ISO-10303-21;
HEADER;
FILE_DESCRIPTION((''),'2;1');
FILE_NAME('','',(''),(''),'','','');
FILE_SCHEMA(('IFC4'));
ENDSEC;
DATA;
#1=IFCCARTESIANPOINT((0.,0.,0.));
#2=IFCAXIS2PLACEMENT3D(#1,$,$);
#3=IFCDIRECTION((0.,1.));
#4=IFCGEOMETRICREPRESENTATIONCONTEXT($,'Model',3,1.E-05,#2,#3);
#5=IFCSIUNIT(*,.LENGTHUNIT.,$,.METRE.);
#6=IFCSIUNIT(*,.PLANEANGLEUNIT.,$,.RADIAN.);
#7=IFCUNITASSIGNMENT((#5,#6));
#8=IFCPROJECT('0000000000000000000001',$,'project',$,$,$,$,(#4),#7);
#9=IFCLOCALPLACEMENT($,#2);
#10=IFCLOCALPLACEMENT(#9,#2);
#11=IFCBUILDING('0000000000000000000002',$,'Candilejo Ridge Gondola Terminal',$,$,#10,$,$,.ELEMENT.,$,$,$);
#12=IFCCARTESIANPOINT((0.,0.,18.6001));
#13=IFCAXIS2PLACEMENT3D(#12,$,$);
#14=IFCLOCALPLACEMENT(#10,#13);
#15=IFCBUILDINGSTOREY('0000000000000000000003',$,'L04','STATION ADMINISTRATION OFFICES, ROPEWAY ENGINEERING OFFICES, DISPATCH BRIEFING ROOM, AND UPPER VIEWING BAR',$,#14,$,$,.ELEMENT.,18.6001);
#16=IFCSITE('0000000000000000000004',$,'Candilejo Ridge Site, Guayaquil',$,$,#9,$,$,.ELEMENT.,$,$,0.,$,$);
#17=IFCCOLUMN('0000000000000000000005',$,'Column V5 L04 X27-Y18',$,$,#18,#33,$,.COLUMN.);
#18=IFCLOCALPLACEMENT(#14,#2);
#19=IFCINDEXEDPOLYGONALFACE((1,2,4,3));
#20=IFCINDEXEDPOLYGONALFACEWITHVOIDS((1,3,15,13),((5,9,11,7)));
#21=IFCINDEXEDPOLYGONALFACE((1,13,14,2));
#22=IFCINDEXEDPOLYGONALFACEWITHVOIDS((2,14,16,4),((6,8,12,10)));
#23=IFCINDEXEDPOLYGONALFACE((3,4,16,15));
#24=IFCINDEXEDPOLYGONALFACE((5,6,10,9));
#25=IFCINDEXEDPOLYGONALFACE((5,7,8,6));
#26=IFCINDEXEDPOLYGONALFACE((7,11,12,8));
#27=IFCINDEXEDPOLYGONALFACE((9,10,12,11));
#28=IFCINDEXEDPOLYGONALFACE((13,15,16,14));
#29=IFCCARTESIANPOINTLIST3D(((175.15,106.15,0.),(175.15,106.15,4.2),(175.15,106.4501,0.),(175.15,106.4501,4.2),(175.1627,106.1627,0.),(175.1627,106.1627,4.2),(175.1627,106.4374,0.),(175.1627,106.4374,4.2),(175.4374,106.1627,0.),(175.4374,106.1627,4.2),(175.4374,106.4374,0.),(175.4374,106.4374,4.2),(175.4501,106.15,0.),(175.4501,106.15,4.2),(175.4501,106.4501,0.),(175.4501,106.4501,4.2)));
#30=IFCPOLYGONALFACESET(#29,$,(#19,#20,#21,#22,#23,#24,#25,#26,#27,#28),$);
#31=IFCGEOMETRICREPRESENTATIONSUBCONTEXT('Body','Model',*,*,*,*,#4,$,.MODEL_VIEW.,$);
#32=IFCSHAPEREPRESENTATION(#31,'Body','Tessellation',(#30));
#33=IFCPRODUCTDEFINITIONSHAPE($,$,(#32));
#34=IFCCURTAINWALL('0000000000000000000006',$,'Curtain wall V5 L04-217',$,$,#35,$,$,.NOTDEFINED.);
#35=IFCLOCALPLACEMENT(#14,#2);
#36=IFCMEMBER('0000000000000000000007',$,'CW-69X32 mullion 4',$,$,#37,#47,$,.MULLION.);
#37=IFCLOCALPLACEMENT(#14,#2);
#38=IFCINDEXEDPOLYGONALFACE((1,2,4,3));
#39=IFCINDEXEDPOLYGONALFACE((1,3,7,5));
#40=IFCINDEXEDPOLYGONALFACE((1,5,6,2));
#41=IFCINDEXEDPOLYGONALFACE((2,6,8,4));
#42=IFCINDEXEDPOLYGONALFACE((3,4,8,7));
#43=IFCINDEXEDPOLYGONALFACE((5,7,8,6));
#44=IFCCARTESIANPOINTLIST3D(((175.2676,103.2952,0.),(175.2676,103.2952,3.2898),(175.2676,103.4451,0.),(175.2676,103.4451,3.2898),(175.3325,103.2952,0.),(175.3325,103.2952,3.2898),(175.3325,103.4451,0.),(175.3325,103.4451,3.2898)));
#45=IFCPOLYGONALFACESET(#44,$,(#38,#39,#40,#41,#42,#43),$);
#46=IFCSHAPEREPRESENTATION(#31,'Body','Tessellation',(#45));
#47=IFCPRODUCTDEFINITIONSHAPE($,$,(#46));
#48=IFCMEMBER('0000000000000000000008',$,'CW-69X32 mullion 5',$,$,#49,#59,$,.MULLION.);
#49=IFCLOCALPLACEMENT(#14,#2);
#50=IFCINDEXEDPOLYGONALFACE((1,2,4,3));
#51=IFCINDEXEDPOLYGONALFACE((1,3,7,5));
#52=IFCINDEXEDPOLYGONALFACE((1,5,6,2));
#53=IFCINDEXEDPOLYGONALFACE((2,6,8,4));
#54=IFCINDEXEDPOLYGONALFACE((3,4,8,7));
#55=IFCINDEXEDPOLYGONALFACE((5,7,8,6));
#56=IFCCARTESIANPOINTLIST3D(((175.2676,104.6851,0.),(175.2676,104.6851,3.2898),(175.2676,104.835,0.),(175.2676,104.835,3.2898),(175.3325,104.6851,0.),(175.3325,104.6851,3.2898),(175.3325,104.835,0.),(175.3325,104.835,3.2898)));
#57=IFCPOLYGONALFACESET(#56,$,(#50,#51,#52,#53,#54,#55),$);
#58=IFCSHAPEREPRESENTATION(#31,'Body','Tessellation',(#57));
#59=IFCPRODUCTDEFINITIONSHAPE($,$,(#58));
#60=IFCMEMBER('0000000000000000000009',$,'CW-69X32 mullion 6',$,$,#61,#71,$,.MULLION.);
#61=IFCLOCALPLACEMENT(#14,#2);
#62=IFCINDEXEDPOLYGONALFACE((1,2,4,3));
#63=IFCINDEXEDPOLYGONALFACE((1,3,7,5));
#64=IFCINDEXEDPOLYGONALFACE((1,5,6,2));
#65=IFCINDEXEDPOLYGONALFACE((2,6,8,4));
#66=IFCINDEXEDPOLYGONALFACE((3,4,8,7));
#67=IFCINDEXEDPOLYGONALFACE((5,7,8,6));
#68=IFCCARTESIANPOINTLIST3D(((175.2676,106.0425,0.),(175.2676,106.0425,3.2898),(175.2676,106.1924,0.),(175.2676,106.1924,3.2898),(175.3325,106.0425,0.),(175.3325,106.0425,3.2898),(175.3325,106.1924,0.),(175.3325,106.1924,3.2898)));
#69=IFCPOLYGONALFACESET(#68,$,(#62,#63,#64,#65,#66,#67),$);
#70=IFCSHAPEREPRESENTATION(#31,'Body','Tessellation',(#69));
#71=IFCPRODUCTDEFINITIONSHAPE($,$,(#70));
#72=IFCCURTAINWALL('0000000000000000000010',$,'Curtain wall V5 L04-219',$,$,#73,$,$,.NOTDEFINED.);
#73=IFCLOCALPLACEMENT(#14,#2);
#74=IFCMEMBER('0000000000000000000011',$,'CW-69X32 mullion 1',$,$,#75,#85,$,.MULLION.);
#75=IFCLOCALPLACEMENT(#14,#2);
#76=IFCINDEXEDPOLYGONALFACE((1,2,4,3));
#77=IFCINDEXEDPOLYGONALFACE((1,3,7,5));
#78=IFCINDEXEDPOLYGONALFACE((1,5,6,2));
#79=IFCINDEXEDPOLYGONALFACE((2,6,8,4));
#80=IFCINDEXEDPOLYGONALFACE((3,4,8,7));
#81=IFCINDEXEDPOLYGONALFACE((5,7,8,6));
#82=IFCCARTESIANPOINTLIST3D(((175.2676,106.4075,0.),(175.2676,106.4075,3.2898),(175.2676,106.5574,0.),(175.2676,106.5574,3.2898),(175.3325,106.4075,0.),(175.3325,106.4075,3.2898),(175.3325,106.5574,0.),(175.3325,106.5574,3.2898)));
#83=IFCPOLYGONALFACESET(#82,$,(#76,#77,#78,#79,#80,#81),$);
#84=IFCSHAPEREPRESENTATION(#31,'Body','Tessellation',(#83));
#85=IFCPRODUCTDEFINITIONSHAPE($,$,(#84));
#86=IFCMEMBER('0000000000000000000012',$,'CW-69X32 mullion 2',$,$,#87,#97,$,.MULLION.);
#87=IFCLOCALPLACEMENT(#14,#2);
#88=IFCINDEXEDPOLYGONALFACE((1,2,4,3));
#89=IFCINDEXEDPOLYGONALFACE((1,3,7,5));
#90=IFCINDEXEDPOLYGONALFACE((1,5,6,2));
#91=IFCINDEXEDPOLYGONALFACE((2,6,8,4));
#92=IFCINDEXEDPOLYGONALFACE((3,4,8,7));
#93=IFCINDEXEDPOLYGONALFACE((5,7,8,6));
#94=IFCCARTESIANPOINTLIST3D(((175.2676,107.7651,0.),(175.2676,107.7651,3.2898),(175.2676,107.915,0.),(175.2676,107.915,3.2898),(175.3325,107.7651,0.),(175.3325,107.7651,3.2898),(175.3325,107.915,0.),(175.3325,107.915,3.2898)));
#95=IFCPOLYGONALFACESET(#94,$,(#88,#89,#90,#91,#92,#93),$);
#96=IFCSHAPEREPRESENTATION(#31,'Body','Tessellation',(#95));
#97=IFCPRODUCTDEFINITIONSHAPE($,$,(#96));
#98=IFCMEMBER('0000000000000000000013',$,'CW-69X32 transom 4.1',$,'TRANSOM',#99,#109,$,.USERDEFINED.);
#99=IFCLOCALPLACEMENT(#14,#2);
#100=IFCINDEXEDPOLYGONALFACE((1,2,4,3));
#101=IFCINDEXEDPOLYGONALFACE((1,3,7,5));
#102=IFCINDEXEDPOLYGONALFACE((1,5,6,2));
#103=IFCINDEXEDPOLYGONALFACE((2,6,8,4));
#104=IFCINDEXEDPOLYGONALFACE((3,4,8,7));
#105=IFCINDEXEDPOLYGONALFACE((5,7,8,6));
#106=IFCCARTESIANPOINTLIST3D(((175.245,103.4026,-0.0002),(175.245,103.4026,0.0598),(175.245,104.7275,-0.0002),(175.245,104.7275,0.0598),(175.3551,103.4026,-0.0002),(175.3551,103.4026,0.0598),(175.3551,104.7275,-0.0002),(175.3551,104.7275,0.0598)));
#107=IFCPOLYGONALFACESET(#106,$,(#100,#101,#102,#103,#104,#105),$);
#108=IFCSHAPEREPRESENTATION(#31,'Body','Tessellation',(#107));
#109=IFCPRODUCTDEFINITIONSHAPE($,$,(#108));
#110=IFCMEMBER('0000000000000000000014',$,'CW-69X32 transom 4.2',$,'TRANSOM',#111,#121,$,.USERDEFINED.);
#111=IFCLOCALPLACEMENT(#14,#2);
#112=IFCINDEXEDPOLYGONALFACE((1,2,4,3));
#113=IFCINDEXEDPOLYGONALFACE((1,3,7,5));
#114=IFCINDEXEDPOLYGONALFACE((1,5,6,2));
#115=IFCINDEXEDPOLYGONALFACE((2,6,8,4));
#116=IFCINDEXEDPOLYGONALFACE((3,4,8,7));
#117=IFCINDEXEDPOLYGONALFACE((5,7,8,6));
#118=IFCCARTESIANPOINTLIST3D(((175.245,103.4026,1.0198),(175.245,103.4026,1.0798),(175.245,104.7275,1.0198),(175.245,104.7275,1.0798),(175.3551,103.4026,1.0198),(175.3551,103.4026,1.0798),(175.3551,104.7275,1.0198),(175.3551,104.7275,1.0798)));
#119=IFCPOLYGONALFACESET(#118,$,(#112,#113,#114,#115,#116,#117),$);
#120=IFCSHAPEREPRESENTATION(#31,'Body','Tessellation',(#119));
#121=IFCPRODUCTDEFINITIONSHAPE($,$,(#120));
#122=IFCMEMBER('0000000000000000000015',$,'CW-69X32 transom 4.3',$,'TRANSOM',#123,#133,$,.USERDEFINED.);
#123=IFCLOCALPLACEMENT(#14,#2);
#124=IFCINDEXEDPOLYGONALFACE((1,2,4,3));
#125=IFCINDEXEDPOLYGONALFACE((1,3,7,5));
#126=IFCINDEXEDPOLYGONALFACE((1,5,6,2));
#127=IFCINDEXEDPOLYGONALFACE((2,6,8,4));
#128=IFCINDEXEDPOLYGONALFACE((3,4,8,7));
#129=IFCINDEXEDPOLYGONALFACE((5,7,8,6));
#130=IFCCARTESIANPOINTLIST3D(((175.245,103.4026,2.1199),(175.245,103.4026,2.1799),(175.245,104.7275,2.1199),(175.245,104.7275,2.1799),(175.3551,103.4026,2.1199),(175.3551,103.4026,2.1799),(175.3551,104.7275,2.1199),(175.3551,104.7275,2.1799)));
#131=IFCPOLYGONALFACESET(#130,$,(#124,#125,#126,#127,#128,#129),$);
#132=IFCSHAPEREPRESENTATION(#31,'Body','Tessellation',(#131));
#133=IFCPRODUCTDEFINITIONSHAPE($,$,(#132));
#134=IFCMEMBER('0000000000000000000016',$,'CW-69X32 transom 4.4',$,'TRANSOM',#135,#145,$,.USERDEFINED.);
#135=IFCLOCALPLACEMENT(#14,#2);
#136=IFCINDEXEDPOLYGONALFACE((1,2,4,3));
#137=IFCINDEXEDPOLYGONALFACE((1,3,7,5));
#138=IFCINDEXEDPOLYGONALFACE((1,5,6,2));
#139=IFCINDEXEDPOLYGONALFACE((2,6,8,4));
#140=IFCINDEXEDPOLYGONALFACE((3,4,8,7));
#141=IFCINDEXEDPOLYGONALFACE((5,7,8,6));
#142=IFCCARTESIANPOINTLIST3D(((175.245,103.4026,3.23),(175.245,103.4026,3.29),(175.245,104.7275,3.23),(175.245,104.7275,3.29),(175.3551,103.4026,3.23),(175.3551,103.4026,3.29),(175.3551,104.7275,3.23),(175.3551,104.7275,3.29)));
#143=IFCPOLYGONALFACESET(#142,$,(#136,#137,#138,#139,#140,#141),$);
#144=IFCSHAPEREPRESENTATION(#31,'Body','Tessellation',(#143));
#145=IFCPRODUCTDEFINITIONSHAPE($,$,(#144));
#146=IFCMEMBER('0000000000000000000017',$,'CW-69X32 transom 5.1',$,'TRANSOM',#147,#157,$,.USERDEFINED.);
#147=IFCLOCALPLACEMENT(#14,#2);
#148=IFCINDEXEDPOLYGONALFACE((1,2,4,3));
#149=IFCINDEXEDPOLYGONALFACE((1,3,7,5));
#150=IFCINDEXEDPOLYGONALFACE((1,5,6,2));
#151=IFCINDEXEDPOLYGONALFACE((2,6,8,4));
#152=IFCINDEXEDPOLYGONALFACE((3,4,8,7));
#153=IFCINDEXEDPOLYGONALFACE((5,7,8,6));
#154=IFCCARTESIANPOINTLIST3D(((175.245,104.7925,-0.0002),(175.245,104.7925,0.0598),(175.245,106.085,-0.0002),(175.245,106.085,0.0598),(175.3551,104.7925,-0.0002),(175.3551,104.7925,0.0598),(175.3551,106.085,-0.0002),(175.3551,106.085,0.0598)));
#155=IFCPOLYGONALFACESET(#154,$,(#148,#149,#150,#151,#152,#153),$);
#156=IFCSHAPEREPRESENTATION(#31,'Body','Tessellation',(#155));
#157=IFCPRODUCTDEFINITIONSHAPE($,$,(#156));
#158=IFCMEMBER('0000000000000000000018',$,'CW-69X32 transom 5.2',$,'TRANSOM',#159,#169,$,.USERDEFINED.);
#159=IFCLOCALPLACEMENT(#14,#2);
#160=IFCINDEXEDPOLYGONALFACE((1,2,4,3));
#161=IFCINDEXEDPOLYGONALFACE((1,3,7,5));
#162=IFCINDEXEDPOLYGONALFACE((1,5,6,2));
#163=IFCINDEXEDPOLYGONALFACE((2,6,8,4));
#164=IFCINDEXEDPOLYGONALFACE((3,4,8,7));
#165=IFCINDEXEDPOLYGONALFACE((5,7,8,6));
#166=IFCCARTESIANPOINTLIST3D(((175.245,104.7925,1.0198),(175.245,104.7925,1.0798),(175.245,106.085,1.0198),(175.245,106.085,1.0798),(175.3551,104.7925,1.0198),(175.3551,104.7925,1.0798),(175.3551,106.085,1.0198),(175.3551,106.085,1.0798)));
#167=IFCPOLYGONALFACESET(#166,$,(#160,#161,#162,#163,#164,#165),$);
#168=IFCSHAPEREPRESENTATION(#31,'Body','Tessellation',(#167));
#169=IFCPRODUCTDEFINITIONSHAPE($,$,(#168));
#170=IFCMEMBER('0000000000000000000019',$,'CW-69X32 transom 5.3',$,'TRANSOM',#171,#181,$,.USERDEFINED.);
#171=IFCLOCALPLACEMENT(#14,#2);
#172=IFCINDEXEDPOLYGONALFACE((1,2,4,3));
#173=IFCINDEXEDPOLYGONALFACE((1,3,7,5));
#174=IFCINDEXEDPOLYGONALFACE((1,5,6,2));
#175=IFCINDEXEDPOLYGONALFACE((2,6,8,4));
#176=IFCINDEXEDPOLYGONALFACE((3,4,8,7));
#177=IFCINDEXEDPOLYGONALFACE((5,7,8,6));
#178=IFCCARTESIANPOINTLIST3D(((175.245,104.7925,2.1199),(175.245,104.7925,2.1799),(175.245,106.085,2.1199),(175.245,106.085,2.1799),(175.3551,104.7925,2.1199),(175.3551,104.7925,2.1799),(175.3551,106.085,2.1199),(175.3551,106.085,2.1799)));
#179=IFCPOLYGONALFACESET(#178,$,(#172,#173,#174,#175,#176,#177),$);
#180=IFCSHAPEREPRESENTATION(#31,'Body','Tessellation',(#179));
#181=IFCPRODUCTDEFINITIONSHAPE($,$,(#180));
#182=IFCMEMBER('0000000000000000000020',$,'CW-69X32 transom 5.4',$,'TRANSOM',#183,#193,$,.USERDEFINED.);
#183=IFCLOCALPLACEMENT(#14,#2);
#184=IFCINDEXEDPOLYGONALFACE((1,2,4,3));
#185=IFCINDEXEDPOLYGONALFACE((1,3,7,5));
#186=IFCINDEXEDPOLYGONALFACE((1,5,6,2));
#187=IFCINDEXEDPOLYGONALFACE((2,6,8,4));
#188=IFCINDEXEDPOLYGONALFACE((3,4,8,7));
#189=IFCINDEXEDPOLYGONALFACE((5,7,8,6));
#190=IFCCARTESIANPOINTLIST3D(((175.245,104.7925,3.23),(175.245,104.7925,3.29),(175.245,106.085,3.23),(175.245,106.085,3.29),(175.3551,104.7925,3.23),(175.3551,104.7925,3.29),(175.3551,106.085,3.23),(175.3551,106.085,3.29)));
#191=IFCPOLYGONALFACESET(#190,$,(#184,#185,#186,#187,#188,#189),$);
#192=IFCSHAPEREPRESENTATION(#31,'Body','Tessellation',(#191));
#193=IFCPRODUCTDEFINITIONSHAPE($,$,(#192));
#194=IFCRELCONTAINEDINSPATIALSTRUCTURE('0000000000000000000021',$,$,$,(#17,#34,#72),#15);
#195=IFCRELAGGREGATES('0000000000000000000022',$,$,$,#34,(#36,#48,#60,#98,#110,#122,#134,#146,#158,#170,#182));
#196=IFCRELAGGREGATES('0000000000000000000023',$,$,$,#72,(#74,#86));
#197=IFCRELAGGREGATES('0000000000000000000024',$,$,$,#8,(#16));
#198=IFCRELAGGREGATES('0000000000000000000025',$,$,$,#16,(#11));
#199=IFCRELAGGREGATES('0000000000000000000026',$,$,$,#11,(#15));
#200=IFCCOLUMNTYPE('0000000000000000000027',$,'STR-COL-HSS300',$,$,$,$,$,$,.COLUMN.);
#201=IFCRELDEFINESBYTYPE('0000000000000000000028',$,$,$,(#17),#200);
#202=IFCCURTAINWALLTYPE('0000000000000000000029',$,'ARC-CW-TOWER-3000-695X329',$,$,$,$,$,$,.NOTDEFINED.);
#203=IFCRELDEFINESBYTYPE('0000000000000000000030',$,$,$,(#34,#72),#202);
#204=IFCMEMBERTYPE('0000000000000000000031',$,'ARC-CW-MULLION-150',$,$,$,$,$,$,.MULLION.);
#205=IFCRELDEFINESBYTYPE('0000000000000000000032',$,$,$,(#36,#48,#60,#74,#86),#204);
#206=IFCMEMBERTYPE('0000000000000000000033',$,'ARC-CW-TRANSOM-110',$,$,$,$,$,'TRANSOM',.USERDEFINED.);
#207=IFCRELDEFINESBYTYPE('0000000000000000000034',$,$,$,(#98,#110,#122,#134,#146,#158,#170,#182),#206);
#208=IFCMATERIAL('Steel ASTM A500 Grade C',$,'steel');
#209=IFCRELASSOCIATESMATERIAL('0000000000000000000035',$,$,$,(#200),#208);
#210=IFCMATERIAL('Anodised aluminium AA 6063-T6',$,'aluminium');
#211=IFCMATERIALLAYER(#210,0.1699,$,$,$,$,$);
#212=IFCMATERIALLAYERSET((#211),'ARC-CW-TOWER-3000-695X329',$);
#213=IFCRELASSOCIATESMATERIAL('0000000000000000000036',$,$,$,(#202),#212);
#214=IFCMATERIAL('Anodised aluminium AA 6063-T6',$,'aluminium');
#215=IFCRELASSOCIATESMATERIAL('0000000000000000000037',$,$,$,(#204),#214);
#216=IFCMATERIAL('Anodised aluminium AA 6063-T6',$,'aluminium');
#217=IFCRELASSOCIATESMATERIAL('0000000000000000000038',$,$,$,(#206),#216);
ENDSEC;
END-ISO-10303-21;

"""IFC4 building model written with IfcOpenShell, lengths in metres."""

from ifc_helpers import new_model, si_unit, direction, frame, origin, origin_2d, place, context, subcontext, project, spatial, rectangle, hollow_rectangle, extrude, material, layer, layer_set, material_profile, profile_set, type_object, element, aggregate, save


model = new_model("IFC4")

# Units and contexts
model_context = context("Model", 3, precision=1e-05, world=origin(), true_north=direction((0.0, 1.0)))
body_context = subcontext(model_context, "Body", "Model", "MODEL_VIEW")
ifc_project = project(units=[si_unit("LENGTHUNIT", "METRE"), si_unit("PLANEANGLEUNIT", "RADIAN")], contexts=[model_context])

# Site, building, storey
site_placement = place(None, origin())
site = spatial("IfcSite", under=ifc_project, at=site_placement, Name="Candilejo Ridge Site, Guayaquil", CompositionType="ELEMENT", RefElevation=0.0)
building_placement = place(site_placement, origin())
building = spatial("IfcBuilding", under=site, at=building_placement, Name="Candilejo Ridge Gondola Terminal", CompositionType="ELEMENT")
storey_placement = place(building_placement, frame((0.0, 0.0, 18.6001)))
storey = spatial("IfcBuildingStorey", under=building, at=storey_placement, Name="L04", Description="STATION ADMINISTRATION OFFICES, ROPEWAY ENGINEERING OFFICES, DISPATCH BRIEFING ROOM, AND UPPER VIEWING BAR", CompositionType="ELEMENT", Elevation=18.6001)

# Column
ifc_material_1 = material(Name="Steel ASTM A500 Grade C", Category="steel")
ifc_material_profile_1 = material_profile(ifc_material_1, hollow_rectangle(XDim=0.3, YDim=0.3, WallThickness=0.0127, at=origin_2d()))
ifc_profile_set_1 = profile_set([ifc_material_profile_1], Name="Steel ASTM A500 Grade C")
column_type = type_object("IfcColumnType", Name="STR-COL-HSS300", PredefinedType="COLUMN", material=ifc_profile_set_1)
column_placement = place(storey_placement, frame((175.3, 106.3, 0.0), z_axis=(0.0, 0.0, 1.0), x_axis=(1.0, 0.0, 0.0)))
element("IfcColumn", 1, at=column_placement, inside=storey, type_object=column_type, Name="Column V5 L04 X27-Y18", PredefinedType="COLUMN", context=body_context, shape_type="SweptSolid", body=[
    extrude(hollow_rectangle(XDim=0.3, YDim=0.3, WallThickness=0.0127, at=origin_2d()), origin(), (0.0, 0.0, 1.0), 4.2),
])

# Curtain walls, members
ifc_material_2 = material(Name="Anodised aluminium AA 6063-T6", Category="aluminium")
ifc_layer_1 = layer(ifc_material_2, 0.1699)
ifc_layer_set_1 = layer_set([ifc_layer_1], Name="ARC-CW-TOWER-3000-695X329")
curtain_wall_type = type_object("IfcCurtainWallType", Name="ARC-CW-TOWER-3000-695X329", PredefinedType="NOTDEFINED", material=ifc_layer_set_1)
curtain_wall_1_placement = place(storey_placement, origin())
curtain_wall_1 = element("IfcCurtainWall", 2, at=curtain_wall_1_placement, inside=storey, type_object=curtain_wall_type, Name="Curtain wall V5 L04-217", PredefinedType="NOTDEFINED")
ifc_material_3 = material(Name="Anodised aluminium AA 6063-T6", Category="aluminium")
ifc_material_profile_2 = material_profile(ifc_material_3, rectangle(XDim=0.0649, YDim=0.1499, at=origin_2d()))
ifc_profile_set_2 = profile_set([ifc_material_profile_2], Name="Anodised aluminium AA 6063-T6")
member_type_1 = type_object("IfcMemberType", Name="ARC-CW-MULLION-150", PredefinedType="MULLION", material=ifc_profile_set_2)
member_1_placement = place(storey_placement, frame((175.3, 103.3701, 0.0), z_axis=(0.0, 0.0, 1.0), x_axis=(-1.0, 0.0, 0.0)))
member_1 = element("IfcMember", 3, at=member_1_placement, type_object=member_type_1, Name="CW-69X32 mullion 4", PredefinedType="MULLION", context=body_context, shape_type="SweptSolid", body=[
    extrude(rectangle(XDim=0.0649, YDim=0.1499, at=origin_2d()), origin(), (0.0, 0.0, 1.0), 3.2898),
])
member_2_placement = place(storey_placement, frame((175.3, 104.76, 0.0), z_axis=(0.0, 0.0, 1.0), x_axis=(-1.0, 0.0, 0.0)))
member_2 = element("IfcMember", 4, at=member_2_placement, type_object=member_type_1, Name="CW-69X32 mullion 5", PredefinedType="MULLION", context=body_context, shape_type="SweptSolid", body=[
    extrude(rectangle(XDim=0.0649, YDim=0.1499, at=origin_2d()), origin(), (0.0, 0.0, 1.0), 3.2898),
])
member_3_placement = place(storey_placement, frame((175.3, 106.1174, 0.0), z_axis=(0.0, 0.0, 1.0), x_axis=(-1.0, 0.0, 0.0)))
member_3 = element("IfcMember", 5, at=member_3_placement, type_object=member_type_1, Name="CW-69X32 mullion 6", PredefinedType="MULLION", context=body_context, shape_type="SweptSolid", body=[
    extrude(rectangle(XDim=0.0649, YDim=0.1499, at=origin_2d()), origin(), (0.0, 0.0, 1.0), 3.2898),
])
curtain_wall_2_placement = place(storey_placement, origin())
curtain_wall_2 = element("IfcCurtainWall", 6, at=curtain_wall_2_placement, inside=storey, type_object=curtain_wall_type, Name="Curtain wall V5 L04-219", PredefinedType="NOTDEFINED")
member_4_placement = place(storey_placement, frame((175.3, 106.4824, 0.0), z_axis=(0.0, 0.0, 1.0), x_axis=(-1.0, 0.0, 0.0)))
member_4 = element("IfcMember", 7, at=member_4_placement, type_object=member_type_1, Name="CW-69X32 mullion 1", PredefinedType="MULLION", context=body_context, shape_type="SweptSolid", body=[
    extrude(rectangle(XDim=0.0649, YDim=0.1499, at=origin_2d()), origin(), (0.0, 0.0, 1.0), 3.2898),
])
member_5_placement = place(storey_placement, frame((175.3, 107.8401, 0.0), z_axis=(0.0, 0.0, 1.0), x_axis=(-1.0, 0.0, 0.0)))
member_5 = element("IfcMember", 8, at=member_5_placement, type_object=member_type_1, Name="CW-69X32 mullion 2", PredefinedType="MULLION", context=body_context, shape_type="SweptSolid", body=[
    extrude(rectangle(XDim=0.0649, YDim=0.1499, at=origin_2d()), origin(), (0.0, 0.0, 1.0), 3.2898),
])

# Members
ifc_material_4 = material(Name="Anodised aluminium AA 6063-T6", Category="aluminium")
ifc_material_profile_3 = material_profile(ifc_material_4, rectangle(XDim=0.1101, YDim=0.0601, at=origin_2d()))
ifc_profile_set_3 = profile_set([ifc_material_profile_3], Name="Anodised aluminium AA 6063-T6")
member_type_2 = type_object("IfcMemberType", Name="ARC-CW-TRANSOM-110", ElementType="TRANSOM", PredefinedType="USERDEFINED", material=ifc_profile_set_3)
member_6_placement = place(storey_placement, frame((175.3, 103.4026, 0.0298), z_axis=(0.0, 1.0, 0.0), x_axis=(-1.0, 0.0, 0.0)))
member_6 = element("IfcMember", 9, at=member_6_placement, type_object=member_type_2, Name="CW-69X32 transom 4.1", ObjectType="TRANSOM", PredefinedType="USERDEFINED", context=body_context, shape_type="SweptSolid", body=[
    extrude(rectangle(XDim=0.1101, YDim=0.0601, at=origin_2d()), origin(), (0.0, 0.0, 1.0), 1.325),
])
member_7_placement = place(storey_placement, frame((175.3, 103.4026, 1.0498), z_axis=(0.0, 1.0, 0.0), x_axis=(-1.0, 0.0, 0.0)))
member_7 = element("IfcMember", 10, at=member_7_placement, type_object=member_type_2, Name="CW-69X32 transom 4.2", ObjectType="TRANSOM", PredefinedType="USERDEFINED", context=body_context, shape_type="SweptSolid", body=[
    extrude(rectangle(XDim=0.1101, YDim=0.0601, at=origin_2d()), origin(), (0.0, 0.0, 1.0), 1.325),
])
member_8_placement = place(storey_placement, frame((175.3, 103.4026, 2.1499), z_axis=(0.0, 1.0, 0.0), x_axis=(-1.0, 0.0, 0.0)))
member_8 = element("IfcMember", 11, at=member_8_placement, type_object=member_type_2, Name="CW-69X32 transom 4.3", ObjectType="TRANSOM", PredefinedType="USERDEFINED", context=body_context, shape_type="SweptSolid", body=[
    extrude(rectangle(XDim=0.1101, YDim=0.0601, at=origin_2d()), origin(), (0.0, 0.0, 1.0), 1.325),
])
member_9_placement = place(storey_placement, frame((175.3, 103.4026, 3.26), z_axis=(0.0, 1.0, 0.0), x_axis=(-1.0, 0.0, 0.0)))
member_9 = element("IfcMember", 12, at=member_9_placement, type_object=member_type_2, Name="CW-69X32 transom 4.4", ObjectType="TRANSOM", PredefinedType="USERDEFINED", context=body_context, shape_type="SweptSolid", body=[
    extrude(rectangle(XDim=0.1101, YDim=0.0601, at=origin_2d()), origin(), (0.0, 0.0, 1.0), 1.325),
])
member_10_placement = place(storey_placement, frame((175.3, 104.7925, 0.0298), z_axis=(0.0, 1.0, 0.0), x_axis=(-1.0, 0.0, 0.0)))
member_10 = element("IfcMember", 13, at=member_10_placement, type_object=member_type_2, Name="CW-69X32 transom 5.1", ObjectType="TRANSOM", PredefinedType="USERDEFINED", context=body_context, shape_type="SweptSolid", body=[
    extrude(rectangle(XDim=0.1101, YDim=0.0601, at=origin_2d()), origin(), (0.0, 0.0, 1.0), 1.2925),
])
member_11_placement = place(storey_placement, frame((175.3, 104.7925, 1.0498), z_axis=(0.0, 1.0, 0.0), x_axis=(-1.0, 0.0, 0.0)))
member_11 = element("IfcMember", 14, at=member_11_placement, type_object=member_type_2, Name="CW-69X32 transom 5.2", ObjectType="TRANSOM", PredefinedType="USERDEFINED", context=body_context, shape_type="SweptSolid", body=[
    extrude(rectangle(XDim=0.1101, YDim=0.0601, at=origin_2d()), origin(), (0.0, 0.0, 1.0), 1.2925),
])
member_12_placement = place(storey_placement, frame((175.3, 104.7925, 2.1499), z_axis=(0.0, 1.0, 0.0), x_axis=(-1.0, 0.0, 0.0)))
member_12 = element("IfcMember", 15, at=member_12_placement, type_object=member_type_2, Name="CW-69X32 transom 5.3", ObjectType="TRANSOM", PredefinedType="USERDEFINED", context=body_context, shape_type="SweptSolid", body=[
    extrude(rectangle(XDim=0.1101, YDim=0.0601, at=origin_2d()), origin(), (0.0, 0.0, 1.0), 1.2925),
])
member_13_placement = place(storey_placement, frame((175.3, 104.7925, 3.26), z_axis=(0.0, 1.0, 0.0), x_axis=(-1.0, 0.0, 0.0)))
member_13 = element("IfcMember", 16, at=member_13_placement, type_object=member_type_2, Name="CW-69X32 transom 5.4", ObjectType="TRANSOM", PredefinedType="USERDEFINED", context=body_context, shape_type="SweptSolid", body=[
    extrude(rectangle(XDim=0.1101, YDim=0.0601, at=origin_2d()), origin(), (0.0, 0.0, 1.0), 1.2925),
])

aggregate(curtain_wall_1, [member_1, member_2, member_3, member_6, member_7, member_8, member_9, member_10, member_11, member_12, member_13])
aggregate(curtain_wall_2, [member_4, member_5])

save(model, "model.ifc")
